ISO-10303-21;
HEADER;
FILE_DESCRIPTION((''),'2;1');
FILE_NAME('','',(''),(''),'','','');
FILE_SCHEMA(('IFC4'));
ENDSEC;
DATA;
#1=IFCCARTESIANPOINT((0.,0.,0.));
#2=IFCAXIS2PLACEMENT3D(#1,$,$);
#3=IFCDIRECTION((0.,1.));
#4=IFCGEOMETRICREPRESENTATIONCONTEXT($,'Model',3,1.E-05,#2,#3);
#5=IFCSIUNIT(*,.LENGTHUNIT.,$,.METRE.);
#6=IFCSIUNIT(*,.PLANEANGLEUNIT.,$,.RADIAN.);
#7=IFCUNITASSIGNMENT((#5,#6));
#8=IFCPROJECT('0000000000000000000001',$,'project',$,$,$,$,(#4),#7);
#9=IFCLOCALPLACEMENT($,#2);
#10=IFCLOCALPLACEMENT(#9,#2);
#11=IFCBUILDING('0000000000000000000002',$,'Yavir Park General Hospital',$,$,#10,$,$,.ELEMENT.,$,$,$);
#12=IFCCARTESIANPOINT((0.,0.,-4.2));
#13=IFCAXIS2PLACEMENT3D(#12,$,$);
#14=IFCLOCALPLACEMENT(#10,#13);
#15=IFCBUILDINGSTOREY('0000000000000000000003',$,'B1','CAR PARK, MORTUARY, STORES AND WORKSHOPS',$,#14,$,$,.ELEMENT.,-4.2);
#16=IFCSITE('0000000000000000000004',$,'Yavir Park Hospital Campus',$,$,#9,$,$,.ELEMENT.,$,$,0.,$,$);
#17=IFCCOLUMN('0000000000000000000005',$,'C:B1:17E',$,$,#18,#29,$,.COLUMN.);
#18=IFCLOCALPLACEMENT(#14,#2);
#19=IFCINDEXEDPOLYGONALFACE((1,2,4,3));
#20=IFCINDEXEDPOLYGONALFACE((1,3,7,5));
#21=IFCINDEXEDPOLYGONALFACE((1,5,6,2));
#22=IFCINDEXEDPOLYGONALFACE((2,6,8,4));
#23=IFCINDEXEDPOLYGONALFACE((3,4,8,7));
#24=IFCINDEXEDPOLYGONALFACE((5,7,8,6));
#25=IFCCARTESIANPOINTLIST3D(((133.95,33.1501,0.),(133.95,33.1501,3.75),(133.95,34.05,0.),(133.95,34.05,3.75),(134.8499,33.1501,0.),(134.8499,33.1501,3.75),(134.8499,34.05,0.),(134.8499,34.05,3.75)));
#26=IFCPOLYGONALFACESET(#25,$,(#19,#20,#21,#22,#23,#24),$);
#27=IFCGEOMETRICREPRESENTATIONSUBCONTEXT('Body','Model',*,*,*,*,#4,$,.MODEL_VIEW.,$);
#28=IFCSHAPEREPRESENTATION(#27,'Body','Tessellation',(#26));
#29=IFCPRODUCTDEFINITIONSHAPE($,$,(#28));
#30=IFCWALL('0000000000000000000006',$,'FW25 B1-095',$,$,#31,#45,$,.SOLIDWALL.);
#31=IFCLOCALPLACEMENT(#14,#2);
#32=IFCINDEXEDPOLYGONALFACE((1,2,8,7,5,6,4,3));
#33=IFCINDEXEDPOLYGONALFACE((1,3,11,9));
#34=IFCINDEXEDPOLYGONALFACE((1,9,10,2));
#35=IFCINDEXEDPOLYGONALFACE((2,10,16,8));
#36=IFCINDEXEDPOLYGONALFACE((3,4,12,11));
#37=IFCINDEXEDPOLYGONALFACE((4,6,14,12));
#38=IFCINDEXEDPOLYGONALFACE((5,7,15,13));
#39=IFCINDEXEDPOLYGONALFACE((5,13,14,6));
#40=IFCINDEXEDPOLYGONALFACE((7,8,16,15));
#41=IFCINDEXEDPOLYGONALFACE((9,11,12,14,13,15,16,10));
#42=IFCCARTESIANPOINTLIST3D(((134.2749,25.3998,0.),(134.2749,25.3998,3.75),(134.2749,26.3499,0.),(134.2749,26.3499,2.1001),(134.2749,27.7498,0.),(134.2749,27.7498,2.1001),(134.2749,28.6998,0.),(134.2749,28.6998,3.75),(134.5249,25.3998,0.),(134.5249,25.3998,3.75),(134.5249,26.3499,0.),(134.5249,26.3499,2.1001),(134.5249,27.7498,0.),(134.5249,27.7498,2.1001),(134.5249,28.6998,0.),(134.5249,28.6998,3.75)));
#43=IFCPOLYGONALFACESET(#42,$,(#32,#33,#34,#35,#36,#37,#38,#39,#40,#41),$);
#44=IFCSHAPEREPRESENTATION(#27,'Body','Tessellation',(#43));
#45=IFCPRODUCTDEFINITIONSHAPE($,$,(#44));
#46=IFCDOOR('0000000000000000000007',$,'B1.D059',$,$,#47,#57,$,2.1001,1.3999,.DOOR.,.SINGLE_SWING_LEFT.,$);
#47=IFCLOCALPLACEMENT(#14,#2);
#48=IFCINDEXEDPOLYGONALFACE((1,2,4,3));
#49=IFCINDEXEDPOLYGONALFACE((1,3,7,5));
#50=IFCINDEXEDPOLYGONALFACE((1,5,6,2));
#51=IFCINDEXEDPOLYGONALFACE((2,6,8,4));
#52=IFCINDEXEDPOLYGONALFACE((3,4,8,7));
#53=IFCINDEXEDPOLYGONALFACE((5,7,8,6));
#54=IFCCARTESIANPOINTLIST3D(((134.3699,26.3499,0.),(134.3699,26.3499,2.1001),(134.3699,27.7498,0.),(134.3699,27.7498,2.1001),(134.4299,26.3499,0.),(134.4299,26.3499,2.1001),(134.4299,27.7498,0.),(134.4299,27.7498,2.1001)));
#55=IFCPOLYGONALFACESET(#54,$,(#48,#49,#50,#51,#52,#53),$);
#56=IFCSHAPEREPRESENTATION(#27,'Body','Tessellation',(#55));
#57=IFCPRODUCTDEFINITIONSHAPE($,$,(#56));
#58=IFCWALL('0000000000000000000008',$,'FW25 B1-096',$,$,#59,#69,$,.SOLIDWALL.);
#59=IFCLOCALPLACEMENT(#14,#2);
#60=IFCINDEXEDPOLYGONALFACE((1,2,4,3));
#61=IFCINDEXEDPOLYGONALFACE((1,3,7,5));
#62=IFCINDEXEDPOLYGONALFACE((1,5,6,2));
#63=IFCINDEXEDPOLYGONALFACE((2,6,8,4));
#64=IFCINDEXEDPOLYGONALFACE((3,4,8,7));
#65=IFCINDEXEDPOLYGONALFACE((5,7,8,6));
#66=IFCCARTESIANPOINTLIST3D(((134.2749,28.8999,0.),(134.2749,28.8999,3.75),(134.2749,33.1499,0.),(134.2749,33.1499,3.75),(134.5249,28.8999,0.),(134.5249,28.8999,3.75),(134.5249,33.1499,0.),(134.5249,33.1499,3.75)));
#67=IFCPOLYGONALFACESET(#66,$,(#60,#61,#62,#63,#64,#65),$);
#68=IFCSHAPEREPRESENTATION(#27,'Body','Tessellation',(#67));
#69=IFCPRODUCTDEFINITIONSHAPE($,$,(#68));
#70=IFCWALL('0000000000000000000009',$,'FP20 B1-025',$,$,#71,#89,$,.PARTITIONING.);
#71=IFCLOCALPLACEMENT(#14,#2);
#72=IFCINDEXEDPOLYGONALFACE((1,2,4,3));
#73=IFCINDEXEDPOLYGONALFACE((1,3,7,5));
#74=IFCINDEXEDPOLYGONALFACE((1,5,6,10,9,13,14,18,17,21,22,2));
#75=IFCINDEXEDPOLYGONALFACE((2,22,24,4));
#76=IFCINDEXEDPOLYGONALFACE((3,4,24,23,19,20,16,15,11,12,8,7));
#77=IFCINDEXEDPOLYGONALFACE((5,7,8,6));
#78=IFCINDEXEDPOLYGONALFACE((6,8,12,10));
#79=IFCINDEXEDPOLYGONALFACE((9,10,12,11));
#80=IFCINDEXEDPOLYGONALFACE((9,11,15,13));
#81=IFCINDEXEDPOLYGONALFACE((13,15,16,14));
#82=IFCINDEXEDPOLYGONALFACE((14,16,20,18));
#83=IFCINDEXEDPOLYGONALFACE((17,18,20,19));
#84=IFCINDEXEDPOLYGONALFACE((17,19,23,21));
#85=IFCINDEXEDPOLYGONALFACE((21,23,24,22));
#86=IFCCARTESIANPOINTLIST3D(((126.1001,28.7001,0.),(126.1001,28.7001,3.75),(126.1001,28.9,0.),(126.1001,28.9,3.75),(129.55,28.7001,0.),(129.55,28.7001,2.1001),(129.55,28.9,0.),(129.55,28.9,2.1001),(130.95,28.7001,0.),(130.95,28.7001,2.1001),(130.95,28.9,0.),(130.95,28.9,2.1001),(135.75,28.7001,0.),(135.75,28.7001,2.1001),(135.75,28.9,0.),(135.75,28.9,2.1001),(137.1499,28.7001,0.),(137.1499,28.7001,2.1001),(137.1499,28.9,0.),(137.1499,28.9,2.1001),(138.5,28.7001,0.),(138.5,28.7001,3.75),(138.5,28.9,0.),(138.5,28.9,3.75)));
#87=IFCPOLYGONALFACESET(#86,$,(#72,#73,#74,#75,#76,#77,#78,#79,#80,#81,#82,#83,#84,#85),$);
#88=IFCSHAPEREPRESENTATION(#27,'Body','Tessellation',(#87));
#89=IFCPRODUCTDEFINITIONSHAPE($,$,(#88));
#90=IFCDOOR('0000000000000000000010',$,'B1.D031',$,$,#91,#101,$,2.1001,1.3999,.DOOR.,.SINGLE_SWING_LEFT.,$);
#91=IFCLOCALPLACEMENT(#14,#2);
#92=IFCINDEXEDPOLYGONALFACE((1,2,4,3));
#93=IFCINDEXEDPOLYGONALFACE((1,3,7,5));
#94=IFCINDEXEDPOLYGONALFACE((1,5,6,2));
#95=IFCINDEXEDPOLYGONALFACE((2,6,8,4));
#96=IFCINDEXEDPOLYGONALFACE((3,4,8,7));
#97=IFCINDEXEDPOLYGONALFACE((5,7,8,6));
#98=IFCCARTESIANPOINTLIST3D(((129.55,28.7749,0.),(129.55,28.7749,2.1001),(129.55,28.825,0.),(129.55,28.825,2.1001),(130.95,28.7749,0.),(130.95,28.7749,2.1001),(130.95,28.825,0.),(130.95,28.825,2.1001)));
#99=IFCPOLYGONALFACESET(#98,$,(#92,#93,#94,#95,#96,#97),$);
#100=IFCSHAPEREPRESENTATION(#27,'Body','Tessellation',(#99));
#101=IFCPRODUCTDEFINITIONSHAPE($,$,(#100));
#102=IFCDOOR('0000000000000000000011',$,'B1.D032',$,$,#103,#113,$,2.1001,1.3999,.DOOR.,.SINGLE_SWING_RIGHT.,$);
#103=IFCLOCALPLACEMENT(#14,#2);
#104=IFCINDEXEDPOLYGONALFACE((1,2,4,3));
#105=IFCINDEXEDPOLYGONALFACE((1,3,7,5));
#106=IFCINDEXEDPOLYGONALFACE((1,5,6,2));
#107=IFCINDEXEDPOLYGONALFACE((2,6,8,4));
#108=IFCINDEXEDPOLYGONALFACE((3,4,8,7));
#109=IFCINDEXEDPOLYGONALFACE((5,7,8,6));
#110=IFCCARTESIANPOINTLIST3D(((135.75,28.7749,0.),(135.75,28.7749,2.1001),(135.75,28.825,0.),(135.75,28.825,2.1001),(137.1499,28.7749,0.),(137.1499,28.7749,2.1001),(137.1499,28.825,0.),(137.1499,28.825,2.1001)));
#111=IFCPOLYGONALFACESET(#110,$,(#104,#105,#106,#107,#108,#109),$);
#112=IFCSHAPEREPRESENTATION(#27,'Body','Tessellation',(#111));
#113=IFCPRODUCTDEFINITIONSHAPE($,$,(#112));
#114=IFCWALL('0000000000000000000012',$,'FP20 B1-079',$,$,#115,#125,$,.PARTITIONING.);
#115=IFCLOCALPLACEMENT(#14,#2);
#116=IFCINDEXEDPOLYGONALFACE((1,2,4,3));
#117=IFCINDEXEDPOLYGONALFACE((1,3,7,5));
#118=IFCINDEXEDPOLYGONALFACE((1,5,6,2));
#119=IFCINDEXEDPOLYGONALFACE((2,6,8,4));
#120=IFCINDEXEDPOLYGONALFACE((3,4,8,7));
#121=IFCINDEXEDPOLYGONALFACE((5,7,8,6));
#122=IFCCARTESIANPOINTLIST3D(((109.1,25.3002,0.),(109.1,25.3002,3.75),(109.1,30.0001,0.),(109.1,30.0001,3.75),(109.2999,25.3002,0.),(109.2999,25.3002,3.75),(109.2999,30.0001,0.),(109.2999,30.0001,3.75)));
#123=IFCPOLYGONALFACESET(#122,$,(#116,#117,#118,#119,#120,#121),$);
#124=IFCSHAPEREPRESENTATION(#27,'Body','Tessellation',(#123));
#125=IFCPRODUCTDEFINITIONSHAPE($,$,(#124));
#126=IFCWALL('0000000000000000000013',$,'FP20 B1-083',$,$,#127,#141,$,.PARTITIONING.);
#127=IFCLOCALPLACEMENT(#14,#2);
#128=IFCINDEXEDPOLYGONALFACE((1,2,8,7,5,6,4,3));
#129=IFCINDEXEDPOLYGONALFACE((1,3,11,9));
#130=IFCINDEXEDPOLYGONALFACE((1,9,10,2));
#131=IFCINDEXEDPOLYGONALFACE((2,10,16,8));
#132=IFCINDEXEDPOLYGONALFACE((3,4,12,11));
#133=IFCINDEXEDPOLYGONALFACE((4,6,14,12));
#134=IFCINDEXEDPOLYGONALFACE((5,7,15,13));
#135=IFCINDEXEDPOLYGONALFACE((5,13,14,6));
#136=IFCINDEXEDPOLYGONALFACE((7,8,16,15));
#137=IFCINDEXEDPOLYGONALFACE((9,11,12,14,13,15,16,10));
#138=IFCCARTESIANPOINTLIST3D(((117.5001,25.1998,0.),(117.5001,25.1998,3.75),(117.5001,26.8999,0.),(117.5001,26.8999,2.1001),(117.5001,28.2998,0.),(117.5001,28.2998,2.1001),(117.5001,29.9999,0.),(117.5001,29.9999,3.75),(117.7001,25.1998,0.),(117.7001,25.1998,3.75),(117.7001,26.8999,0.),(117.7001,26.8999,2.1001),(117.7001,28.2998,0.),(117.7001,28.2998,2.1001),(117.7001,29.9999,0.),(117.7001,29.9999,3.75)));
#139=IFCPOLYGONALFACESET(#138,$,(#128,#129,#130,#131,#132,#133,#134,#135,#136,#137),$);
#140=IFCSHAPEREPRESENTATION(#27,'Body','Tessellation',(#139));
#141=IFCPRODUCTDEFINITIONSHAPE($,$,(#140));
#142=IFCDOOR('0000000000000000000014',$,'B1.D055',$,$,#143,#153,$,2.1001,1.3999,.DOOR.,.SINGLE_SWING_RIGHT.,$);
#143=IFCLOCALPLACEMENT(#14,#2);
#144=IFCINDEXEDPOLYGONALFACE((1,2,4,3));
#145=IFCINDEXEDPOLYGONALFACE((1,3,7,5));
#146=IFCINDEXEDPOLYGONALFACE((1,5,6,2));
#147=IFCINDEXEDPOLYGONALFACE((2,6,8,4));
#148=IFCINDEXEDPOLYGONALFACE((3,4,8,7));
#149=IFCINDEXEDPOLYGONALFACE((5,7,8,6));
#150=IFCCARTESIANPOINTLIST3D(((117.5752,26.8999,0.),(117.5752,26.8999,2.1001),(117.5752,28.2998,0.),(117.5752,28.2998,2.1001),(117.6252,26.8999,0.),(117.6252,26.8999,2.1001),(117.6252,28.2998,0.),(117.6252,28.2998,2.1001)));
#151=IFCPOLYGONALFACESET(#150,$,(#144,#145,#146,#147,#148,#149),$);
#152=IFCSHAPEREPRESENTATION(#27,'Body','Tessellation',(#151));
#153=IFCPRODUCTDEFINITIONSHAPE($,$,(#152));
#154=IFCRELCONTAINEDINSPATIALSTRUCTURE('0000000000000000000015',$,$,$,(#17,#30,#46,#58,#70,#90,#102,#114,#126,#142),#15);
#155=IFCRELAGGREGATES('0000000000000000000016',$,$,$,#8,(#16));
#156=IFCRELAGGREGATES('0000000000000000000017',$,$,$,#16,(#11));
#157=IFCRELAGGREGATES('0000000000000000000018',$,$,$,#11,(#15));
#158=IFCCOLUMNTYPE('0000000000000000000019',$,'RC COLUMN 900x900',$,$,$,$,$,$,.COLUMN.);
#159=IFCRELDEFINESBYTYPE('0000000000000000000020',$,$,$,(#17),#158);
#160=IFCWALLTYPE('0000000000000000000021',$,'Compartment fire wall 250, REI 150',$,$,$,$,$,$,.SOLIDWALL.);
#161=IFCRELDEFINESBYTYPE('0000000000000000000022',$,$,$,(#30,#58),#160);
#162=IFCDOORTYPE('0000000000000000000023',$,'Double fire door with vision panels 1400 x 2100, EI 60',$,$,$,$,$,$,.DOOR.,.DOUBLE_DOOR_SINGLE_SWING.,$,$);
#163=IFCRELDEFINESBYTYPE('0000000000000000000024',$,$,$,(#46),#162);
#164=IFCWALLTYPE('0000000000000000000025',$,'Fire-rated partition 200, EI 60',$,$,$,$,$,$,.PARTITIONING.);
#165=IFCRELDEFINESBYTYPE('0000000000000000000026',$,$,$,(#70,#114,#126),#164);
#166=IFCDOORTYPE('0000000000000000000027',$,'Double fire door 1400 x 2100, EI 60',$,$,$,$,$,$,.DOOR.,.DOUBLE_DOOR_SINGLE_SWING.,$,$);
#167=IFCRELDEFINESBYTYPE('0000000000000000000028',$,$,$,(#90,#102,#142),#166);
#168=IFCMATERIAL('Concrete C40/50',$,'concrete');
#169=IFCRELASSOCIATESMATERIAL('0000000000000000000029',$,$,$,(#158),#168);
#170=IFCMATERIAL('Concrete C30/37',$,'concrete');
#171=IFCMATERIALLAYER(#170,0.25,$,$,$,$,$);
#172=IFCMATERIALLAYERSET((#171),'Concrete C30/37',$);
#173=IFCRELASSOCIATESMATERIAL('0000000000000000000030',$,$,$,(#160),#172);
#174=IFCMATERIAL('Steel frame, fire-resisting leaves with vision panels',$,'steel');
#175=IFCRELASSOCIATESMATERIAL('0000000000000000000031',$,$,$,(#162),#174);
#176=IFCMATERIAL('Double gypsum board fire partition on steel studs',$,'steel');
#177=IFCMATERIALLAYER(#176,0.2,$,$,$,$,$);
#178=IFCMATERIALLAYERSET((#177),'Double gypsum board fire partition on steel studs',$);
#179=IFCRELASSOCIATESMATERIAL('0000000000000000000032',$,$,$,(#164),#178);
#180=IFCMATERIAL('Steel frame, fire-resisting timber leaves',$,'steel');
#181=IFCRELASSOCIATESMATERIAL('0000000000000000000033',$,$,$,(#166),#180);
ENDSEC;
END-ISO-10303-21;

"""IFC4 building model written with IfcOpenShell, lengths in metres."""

from ifc_helpers import new_model, si_unit, direction, frame, frame_2d, origin, origin_2d, place, context, subcontext, project, spatial, rectangle, extrude, material, layer, layer_set, material_profile, profile_set, type_object, element, fill, save


model = new_model("IFC4")

# Units and contexts
model_context = context("Model", 3, precision=1e-05, world=origin(), true_north=direction((0.0, 1.0)))
body_context = subcontext(model_context, "Body", "Model", "MODEL_VIEW")
ifc_project = project(units=[si_unit("LENGTHUNIT", "METRE"), si_unit("PLANEANGLEUNIT", "RADIAN")], contexts=[model_context])

# Site, building, storey
site_placement = place(None, origin())
site = spatial("IfcSite", under=ifc_project, at=site_placement, Name="Yavir Park Hospital Campus", CompositionType="ELEMENT", RefElevation=0.0)
building_placement = place(site_placement, origin())
building = spatial("IfcBuilding", under=site, at=building_placement, Name="Yavir Park General Hospital", CompositionType="ELEMENT")
storey_placement = place(building_placement, frame((0.0, 0.0, -4.2)))
storey = spatial("IfcBuildingStorey", under=building, at=storey_placement, Name="B1", Description="CAR PARK, MORTUARY, STORES AND WORKSHOPS", CompositionType="ELEMENT", Elevation=-4.2)

# Column
ifc_material_1 = material(Name="Concrete C40/50", Category="concrete")
ifc_material_profile = material_profile(ifc_material_1, rectangle(XDim=0.8999, YDim=0.8999, at=origin_2d()), Name="RC900x900")
ifc_profile_set = profile_set([ifc_material_profile], Name="Concrete C40/50")
column_type = type_object("IfcColumnType", Name="RC COLUMN 900x900", PredefinedType="COLUMN", material=ifc_profile_set)
column_placement = place(storey_placement, frame((134.3999, 33.6001, 0.0), z_axis=(0.0, 0.0, 1.0), x_axis=(1.0, 0.0, 0.0)))
element("IfcColumn", 1, at=column_placement, inside=storey, type_object=column_type, Name="C:B1:17E", PredefinedType="COLUMN", context=body_context, shape_type="SweptSolid", body=[
    extrude(rectangle(XDim=0.8999, YDim=0.8999, at=origin_2d()), origin(), (0.0, 0.0, 1.0), 3.75),
])

# Wall, opening, door
ifc_material_2 = material(Name="Concrete C30/37", Category="concrete")
ifc_layer_1 = layer(ifc_material_2, 0.25)
ifc_layer_set_1 = layer_set([ifc_layer_1], Name="Concrete C30/37")
wall_type_1 = type_object("IfcWallType", Name="Compartment fire wall 250, REI 150", PredefinedType="SOLIDWALL", material=ifc_layer_set_1)
wall_1_placement = place(storey_placement, frame((134.3999, 25.3999, 0.0), z_axis=(0.0, 0.0, 1.0), x_axis=(0.0, 1.0, 0.0)))
wall_1 = element("IfcWall", 2, at=wall_1_placement, inside=storey, type_object=wall_type_1, Name="FW25 B1-095", PredefinedType="SOLIDWALL", context=body_context, shape_type="SweptSolid", body=[
    extrude(rectangle(XDim=3.3, YDim=0.25, at=frame_2d((1.6499, 0.0))), origin(), (0.0, 0.0, 1.0), 3.75),
])
opening_1_placement = place(wall_1_placement, frame((0.95, 0.0, 0.0)))
opening_1 = element("IfcOpeningElement", 3, at=opening_1_placement, cuts=wall_1, PredefinedType="OPENING", context=body_context, shape_type="SweptSolid", body=[
    extrude(rectangle(XDim=1.3999, YDim=2.1001, at=frame_2d((0.7, 1.05))), frame((0.0, 0.135, 0.0), z_axis=(0.0, -1.0, 0.0), x_axis=(1.0, 0.0, 0.0)), (0.0, 0.0, 1.0), 0.27),
])
ifc_material_3 = material(Name="Steel frame, fire-resisting leaves with vision panels", Category="steel")
door_type_1 = type_object("IfcDoorType", Name="Double fire door with vision panels 1400 x 2100, EI 60", OperationType="DOUBLE_DOOR_SINGLE_SWING", PredefinedType="DOOR", material=ifc_material_3)
door_1_placement = place(opening_1_placement, origin())
door_1 = element("IfcDoor", 4, at=door_1_placement, inside=storey, type_object=door_type_1, Name="B1.D059", OperationType="SINGLE_SWING_LEFT", OverallHeight=2.1001, OverallWidth=1.3999, PredefinedType="DOOR", context=body_context, shape_type="SweptSolid", body=[
    extrude(rectangle(XDim=1.3999, YDim=2.1001, at=frame_2d((0.7, 1.05))), frame((0.0, 0.03, 0.0), z_axis=(0.0, -1.0, 0.0), x_axis=(1.0, 0.0, 0.0)), (0.0, 0.0, 1.0), 0.0601),
])
fill(opening_1, door_1)

# Wall
wall_2_placement = place(storey_placement, frame((134.3999, 28.8999, 0.0), z_axis=(0.0, 0.0, 1.0), x_axis=(0.0, 1.0, 0.0)))
element("IfcWall", 5, at=wall_2_placement, inside=storey, type_object=wall_type_1, Name="FW25 B1-096", PredefinedType="SOLIDWALL", context=body_context, shape_type="SweptSolid", body=[
    extrude(rectangle(XDim=4.25, YDim=0.25, at=frame_2d((2.125, 0.0))), origin(), (0.0, 0.0, 1.0), 3.75),
])

# Wall, openings, doors
ifc_material_4 = material(Name="Double gypsum board fire partition on steel studs", Category="steel")
ifc_layer_2 = layer(ifc_material_4, 0.2)
ifc_layer_set_2 = layer_set([ifc_layer_2], Name="Double gypsum board fire partition on steel studs")
wall_type_2 = type_object("IfcWallType", Name="Fire-rated partition 200, EI 60", PredefinedType="PARTITIONING", material=ifc_layer_set_2)
wall_3_placement = place(storey_placement, frame((126.1001, 28.8, 0.0), z_axis=(0.0, 0.0, 1.0), x_axis=(1.0, 0.0, 0.0)))
wall_3 = element("IfcWall", 6, at=wall_3_placement, inside=storey, type_object=wall_type_2, Name="FP20 B1-025", PredefinedType="PARTITIONING", context=body_context, shape_type="SweptSolid", body=[
    extrude(rectangle(XDim=12.3999, YDim=0.2, at=frame_2d((6.2, 0.0))), origin(), (0.0, 0.0, 1.0), 3.75),
])
opening_2_placement = place(wall_3_placement, frame((3.45, 0.0, 0.0)))
opening_2 = element("IfcOpeningElement", 7, at=opening_2_placement, cuts=wall_3, PredefinedType="OPENING", context=body_context, shape_type="SweptSolid", body=[
    extrude(rectangle(XDim=1.3999, YDim=2.1001, at=frame_2d((0.7, 1.05))), frame((0.0, 0.1099, 0.0), z_axis=(0.0, -1.0, 0.0), x_axis=(1.0, 0.0, 0.0)), (0.0, 0.0, 1.0), 0.22),
])
opening_3_placement = place(wall_3_placement, frame((9.6499, 0.0, 0.0)))
opening_3 = element("IfcOpeningElement", 8, at=opening_3_placement, cuts=wall_3, PredefinedType="OPENING", context=body_context, shape_type="SweptSolid", body=[
    extrude(rectangle(XDim=1.3999, YDim=2.1001, at=frame_2d((0.7, 1.05))), frame((0.0, 0.1099, 0.0), z_axis=(0.0, -1.0, 0.0), x_axis=(1.0, 0.0, 0.0)), (0.0, 0.0, 1.0), 0.22),
])
ifc_material_5 = material(Name="Steel frame, fire-resisting timber leaves", Category="steel")
door_type_2 = type_object("IfcDoorType", Name="Double fire door 1400 x 2100, EI 60", OperationType="DOUBLE_DOOR_SINGLE_SWING", PredefinedType="DOOR", material=ifc_material_5)
door_2_placement = place(opening_2_placement, origin())
door_2 = element("IfcDoor", 9, at=door_2_placement, inside=storey, type_object=door_type_2, Name="B1.D031", OperationType="SINGLE_SWING_LEFT", OverallHeight=2.1001, OverallWidth=1.3999, PredefinedType="DOOR", context=body_context, shape_type="SweptSolid", body=[
    extrude(rectangle(XDim=1.3999, YDim=2.1001, at=frame_2d((0.7, 1.05))), frame((0.0, 0.0249, 0.0), z_axis=(0.0, -1.0, 0.0), x_axis=(1.0, 0.0, 0.0)), (0.0, 0.0, 1.0), 0.05),
])
fill(opening_2, door_2)
door_3_placement = place(opening_3_placement, origin())
door_3 = element("IfcDoor", 10, at=door_3_placement, inside=storey, type_object=door_type_2, Name="B1.D032", OperationType="SINGLE_SWING_RIGHT", OverallHeight=2.1001, OverallWidth=1.3999, PredefinedType="DOOR", context=body_context, shape_type="SweptSolid", body=[
    extrude(rectangle(XDim=1.3999, YDim=2.1001, at=frame_2d((0.7, 1.05))), frame((0.0, 0.0249, 0.0), z_axis=(0.0, -1.0, 0.0), x_axis=(1.0, 0.0, 0.0)), (0.0, 0.0, 1.0), 0.05),
])
fill(opening_3, door_3)

# Wall
wall_4_placement = place(storey_placement, frame((109.2, 25.3, 0.0), z_axis=(0.0, 0.0, 1.0), x_axis=(0.0, 1.0, 0.0)))
element("IfcWall", 11, at=wall_4_placement, inside=storey, type_object=wall_type_2, Name="FP20 B1-079", PredefinedType="PARTITIONING", context=body_context, shape_type="SweptSolid", body=[
    extrude(rectangle(XDim=4.7, YDim=0.2, at=frame_2d((2.3501, 0.0))), origin(), (0.0, 0.0, 1.0), 3.75),
])

# Wall, opening, door
wall_5_placement = place(storey_placement, frame((117.6001, 25.2, 0.0), z_axis=(0.0, 0.0, 1.0), x_axis=(0.0, 1.0, 0.0)))
wall_5 = element("IfcWall", 12, at=wall_5_placement, inside=storey, type_object=wall_type_2, Name="FP20 B1-083", PredefinedType="PARTITIONING", context=body_context, shape_type="SweptSolid", body=[
    extrude(rectangle(XDim=4.8, YDim=0.2, at=frame_2d((2.3999, 0.0))), origin(), (0.0, 0.0, 1.0), 3.75),
])
opening_4_placement = place(wall_5_placement, frame((1.7, 0.0, 0.0)))
opening_4 = element("IfcOpeningElement", 13, at=opening_4_placement, cuts=wall_5, PredefinedType="OPENING", context=body_context, shape_type="SweptSolid", body=[
    extrude(rectangle(XDim=1.3999, YDim=2.1001, at=frame_2d((0.7, 1.05))), frame((0.0, 0.1099, 0.0), z_axis=(0.0, -1.0, 0.0), x_axis=(1.0, 0.0, 0.0)), (0.0, 0.0, 1.0), 0.22),
])
door_4_placement = place(opening_4_placement, origin())
door_4 = element("IfcDoor", 14, at=door_4_placement, inside=storey, type_object=door_type_2, Name="B1.D055", OperationType="SINGLE_SWING_RIGHT", OverallHeight=2.1001, OverallWidth=1.3999, PredefinedType="DOOR", context=body_context, shape_type="SweptSolid", body=[
    extrude(rectangle(XDim=1.3999, YDim=2.1001, at=frame_2d((0.7, 1.05))), frame((0.0, 0.0249, 0.0), z_axis=(0.0, -1.0, 0.0), x_axis=(1.0, 0.0, 0.0)), (0.0, 0.0, 1.0), 0.05),
])
fill(opening_4, door_4)

save(model, "model.ifc")
